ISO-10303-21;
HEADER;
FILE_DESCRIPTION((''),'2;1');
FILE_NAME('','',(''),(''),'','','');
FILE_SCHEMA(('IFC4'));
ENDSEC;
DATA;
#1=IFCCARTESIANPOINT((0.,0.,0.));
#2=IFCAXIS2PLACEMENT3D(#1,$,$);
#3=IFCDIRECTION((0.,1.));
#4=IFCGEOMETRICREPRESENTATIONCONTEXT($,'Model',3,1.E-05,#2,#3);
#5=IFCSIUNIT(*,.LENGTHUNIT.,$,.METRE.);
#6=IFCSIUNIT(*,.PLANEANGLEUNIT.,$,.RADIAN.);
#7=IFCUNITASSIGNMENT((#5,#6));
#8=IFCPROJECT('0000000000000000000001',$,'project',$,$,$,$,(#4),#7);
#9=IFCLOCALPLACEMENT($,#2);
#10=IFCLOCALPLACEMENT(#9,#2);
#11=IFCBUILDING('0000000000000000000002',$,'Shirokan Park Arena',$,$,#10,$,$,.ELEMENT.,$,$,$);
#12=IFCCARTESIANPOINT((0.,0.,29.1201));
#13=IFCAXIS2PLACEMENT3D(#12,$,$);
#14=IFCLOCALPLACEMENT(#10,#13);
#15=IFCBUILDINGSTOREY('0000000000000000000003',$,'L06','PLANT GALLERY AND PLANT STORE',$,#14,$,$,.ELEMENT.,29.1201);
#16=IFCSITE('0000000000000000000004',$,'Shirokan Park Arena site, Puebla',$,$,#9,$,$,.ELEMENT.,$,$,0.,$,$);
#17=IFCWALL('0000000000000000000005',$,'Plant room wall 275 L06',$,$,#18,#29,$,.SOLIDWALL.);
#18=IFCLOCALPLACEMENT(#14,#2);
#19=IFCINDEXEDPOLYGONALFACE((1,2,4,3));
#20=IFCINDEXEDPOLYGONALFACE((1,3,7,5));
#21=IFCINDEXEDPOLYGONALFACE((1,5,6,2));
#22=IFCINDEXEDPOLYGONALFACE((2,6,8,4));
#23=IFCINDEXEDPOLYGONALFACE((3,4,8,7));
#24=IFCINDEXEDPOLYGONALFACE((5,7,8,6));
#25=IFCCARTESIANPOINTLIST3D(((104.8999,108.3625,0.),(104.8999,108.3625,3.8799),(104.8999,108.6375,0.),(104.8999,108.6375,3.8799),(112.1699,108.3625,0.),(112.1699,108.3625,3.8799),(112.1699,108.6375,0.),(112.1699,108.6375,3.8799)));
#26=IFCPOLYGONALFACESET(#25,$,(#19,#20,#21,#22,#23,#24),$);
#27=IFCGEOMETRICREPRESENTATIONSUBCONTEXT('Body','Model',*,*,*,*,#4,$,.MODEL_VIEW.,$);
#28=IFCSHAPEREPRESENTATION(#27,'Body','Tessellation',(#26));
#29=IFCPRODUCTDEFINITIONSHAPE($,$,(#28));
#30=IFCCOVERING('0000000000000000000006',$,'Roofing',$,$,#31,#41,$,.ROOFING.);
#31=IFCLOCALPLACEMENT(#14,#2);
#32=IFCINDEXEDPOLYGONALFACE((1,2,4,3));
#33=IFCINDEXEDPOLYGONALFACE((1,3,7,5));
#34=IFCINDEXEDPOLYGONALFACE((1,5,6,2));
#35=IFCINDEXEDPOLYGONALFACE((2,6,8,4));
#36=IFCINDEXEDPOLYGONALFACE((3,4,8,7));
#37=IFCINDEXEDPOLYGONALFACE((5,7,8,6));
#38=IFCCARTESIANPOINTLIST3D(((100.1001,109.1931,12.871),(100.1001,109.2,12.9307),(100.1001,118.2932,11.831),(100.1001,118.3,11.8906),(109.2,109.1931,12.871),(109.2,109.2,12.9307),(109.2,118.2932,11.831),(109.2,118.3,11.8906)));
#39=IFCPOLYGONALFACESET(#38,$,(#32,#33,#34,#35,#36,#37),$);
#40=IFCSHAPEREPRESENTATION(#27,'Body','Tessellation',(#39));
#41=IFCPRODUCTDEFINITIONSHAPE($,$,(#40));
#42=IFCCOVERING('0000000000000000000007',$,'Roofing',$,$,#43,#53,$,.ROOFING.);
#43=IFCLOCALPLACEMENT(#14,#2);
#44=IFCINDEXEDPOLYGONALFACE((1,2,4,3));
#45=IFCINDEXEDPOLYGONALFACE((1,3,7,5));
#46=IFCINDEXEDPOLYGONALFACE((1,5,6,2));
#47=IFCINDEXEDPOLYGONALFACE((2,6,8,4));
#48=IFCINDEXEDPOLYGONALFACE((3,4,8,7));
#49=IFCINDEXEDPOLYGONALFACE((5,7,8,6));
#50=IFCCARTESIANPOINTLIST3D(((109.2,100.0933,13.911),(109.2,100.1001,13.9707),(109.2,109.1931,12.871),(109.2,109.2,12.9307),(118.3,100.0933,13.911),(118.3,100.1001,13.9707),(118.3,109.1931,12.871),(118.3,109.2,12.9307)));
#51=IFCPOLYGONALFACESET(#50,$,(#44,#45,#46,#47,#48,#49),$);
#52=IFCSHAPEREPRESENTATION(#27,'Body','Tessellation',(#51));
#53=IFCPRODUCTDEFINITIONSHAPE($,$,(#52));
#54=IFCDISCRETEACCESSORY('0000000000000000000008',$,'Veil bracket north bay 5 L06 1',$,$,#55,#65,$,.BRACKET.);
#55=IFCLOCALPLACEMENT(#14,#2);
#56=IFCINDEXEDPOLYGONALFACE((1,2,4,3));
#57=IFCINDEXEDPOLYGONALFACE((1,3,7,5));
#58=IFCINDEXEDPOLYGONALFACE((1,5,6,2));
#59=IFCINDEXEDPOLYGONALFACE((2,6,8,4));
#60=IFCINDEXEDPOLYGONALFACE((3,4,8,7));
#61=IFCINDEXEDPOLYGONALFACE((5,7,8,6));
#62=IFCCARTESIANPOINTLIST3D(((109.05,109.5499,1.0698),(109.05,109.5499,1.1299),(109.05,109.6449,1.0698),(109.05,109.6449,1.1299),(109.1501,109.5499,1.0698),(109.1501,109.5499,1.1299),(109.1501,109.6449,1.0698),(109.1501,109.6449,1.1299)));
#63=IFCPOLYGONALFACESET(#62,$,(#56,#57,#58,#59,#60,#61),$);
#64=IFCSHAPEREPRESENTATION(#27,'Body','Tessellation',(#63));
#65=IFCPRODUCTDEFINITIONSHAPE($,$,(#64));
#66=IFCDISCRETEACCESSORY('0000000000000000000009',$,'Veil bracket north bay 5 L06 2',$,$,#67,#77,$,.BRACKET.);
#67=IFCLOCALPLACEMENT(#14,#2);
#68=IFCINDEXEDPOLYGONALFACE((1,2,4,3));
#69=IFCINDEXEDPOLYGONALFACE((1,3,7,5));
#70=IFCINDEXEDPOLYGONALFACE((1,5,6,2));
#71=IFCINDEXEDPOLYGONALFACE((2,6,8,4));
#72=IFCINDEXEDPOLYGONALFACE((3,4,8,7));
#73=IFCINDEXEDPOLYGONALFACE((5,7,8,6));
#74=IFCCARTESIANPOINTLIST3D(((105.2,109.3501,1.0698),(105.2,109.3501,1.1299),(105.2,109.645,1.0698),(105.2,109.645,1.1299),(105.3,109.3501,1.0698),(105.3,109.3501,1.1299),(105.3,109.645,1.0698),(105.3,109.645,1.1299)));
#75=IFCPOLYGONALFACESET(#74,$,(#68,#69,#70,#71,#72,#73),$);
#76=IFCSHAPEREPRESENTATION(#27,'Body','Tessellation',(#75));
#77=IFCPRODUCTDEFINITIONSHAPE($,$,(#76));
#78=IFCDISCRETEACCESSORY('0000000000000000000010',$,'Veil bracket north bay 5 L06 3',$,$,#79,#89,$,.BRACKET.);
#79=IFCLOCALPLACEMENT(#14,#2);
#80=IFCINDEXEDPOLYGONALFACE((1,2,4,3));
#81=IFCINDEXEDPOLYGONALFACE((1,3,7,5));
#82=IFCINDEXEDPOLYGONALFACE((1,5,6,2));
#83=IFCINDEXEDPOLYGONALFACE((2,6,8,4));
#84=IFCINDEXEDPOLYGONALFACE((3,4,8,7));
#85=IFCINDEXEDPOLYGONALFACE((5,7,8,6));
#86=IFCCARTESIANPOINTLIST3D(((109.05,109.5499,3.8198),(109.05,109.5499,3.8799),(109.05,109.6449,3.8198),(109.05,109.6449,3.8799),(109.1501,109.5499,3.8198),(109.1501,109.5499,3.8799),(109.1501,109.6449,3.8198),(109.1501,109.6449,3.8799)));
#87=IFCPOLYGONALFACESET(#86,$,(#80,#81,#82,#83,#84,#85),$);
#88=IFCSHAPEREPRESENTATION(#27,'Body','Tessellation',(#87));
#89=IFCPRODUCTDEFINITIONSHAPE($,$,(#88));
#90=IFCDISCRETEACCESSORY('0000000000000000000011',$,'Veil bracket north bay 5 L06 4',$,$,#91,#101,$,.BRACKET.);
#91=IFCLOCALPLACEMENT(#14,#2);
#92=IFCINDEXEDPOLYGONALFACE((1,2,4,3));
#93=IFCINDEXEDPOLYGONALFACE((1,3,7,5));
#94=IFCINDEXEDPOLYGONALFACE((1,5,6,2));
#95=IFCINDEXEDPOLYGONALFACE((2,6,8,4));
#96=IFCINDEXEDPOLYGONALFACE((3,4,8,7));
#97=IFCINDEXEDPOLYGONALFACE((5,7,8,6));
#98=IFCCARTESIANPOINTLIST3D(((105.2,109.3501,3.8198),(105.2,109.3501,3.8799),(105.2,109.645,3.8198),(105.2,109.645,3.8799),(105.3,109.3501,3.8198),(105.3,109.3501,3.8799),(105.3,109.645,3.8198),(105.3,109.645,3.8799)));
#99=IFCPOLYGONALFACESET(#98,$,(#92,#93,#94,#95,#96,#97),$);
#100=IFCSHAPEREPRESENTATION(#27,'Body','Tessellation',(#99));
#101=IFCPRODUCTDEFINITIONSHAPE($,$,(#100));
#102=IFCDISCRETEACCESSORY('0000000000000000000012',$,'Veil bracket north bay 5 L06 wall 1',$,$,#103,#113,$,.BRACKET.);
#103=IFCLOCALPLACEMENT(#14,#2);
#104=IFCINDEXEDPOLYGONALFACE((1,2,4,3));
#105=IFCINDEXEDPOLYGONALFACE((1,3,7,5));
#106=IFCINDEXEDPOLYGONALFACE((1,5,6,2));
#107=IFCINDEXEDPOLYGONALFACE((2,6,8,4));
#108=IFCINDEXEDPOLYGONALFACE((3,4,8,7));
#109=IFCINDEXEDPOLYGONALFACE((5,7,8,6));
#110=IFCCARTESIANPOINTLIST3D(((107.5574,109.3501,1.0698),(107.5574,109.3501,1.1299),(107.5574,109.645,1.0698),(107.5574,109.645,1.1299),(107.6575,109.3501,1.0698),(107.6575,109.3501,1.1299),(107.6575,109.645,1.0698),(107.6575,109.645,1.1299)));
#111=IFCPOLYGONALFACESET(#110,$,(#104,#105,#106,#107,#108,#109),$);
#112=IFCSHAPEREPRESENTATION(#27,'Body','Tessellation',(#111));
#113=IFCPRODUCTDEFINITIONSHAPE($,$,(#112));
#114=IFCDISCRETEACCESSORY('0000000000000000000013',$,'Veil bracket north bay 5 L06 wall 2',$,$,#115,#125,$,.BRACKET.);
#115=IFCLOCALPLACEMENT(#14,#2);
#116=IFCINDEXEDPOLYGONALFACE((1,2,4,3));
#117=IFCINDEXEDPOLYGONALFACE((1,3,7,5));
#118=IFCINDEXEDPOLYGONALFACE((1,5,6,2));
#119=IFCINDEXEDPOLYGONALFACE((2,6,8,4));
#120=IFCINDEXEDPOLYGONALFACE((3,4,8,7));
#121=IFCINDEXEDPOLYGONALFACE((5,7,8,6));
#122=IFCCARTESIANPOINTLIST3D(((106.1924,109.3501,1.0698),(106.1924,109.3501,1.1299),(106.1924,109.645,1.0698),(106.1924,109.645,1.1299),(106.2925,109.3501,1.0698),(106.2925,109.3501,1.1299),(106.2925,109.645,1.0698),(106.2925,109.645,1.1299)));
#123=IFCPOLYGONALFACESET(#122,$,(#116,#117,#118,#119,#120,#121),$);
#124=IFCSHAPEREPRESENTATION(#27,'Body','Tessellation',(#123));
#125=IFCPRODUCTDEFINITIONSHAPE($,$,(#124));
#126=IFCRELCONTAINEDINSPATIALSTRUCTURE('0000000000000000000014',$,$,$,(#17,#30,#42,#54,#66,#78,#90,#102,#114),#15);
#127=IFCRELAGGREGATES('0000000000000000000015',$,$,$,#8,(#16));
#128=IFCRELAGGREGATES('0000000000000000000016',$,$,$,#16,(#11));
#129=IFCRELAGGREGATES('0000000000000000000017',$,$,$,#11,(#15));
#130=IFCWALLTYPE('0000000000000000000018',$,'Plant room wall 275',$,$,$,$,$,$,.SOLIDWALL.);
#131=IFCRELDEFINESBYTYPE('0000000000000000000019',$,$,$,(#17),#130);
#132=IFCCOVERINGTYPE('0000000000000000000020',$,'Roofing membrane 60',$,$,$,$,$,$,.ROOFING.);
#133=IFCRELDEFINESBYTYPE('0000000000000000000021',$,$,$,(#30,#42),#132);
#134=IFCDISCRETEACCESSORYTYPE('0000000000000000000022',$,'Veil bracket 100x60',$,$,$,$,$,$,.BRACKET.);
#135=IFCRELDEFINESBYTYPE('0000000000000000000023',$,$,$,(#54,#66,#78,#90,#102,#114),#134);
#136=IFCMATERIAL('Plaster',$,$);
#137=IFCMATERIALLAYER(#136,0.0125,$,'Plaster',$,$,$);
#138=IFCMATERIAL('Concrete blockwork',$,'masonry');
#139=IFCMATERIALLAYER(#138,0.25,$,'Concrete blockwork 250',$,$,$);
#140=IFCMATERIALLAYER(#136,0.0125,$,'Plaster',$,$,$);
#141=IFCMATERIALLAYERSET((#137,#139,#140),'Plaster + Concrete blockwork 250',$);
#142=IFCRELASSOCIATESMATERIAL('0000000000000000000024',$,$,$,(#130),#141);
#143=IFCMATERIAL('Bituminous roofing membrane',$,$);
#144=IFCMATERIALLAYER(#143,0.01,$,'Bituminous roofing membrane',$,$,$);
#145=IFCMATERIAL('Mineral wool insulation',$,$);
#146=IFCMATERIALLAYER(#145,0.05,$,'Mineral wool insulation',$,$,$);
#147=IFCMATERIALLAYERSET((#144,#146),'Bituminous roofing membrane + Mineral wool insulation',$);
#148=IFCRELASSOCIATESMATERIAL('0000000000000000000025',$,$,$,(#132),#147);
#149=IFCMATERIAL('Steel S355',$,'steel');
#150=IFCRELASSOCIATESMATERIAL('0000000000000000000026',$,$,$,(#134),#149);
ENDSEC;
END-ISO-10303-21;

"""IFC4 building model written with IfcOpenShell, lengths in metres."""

from ifc_helpers import new_model, si_unit, direction, frame, frame_2d, origin, origin_2d, place, context, subcontext, project, spatial, polyline, rectangle, outline, extrude, material, layer, layer_set, type_object, element, save


model = new_model("IFC4")

# Units and contexts
model_context = context("Model", 3, precision=1e-05, world=origin(), true_north=direction((0.0, 1.0)))
body_context = subcontext(model_context, "Body", "Model", "MODEL_VIEW")
ifc_project = project(units=[si_unit("LENGTHUNIT", "METRE"), si_unit("PLANEANGLEUNIT", "RADIAN")], contexts=[model_context])

# Site, building, storey
site_placement = place(None, origin())
site = spatial("IfcSite", under=ifc_project, at=site_placement, Name="Shirokan Park Arena site, Puebla", CompositionType="ELEMENT", RefElevation=0.0)
building_placement = place(site_placement, origin())
building = spatial("IfcBuilding", under=site, at=building_placement, Name="Shirokan Park Arena", CompositionType="ELEMENT")
storey_placement = place(building_placement, frame((0.0, 0.0, 29.1201)))
storey = spatial("IfcBuildingStorey", under=building, at=storey_placement, Name="L06", Description="PLANT GALLERY AND PLANT STORE", CompositionType="ELEMENT", Elevation=29.1201)

# Shared definitions
ifc_material_1 = material(Name="Mineral wool insulation")

# Wall
ifc_material_2 = material(Name="Plaster")
ifc_layer_1 = layer(ifc_material_2, 0.0125, Name="Plaster")
ifc_material_3 = material(Name="Concrete blockwork", Category="masonry")
ifc_layer_2 = layer(ifc_material_3, 0.25, Name="Concrete blockwork 250")
ifc_layer_3 = layer(ifc_material_2, 0.0125, Name="Plaster")
ifc_layer_set_1 = layer_set([ifc_layer_1, ifc_layer_2, ifc_layer_3], Name="Plaster + Concrete blockwork 250")
wall_type_1 = type_object("IfcWallType", Name="Plant room wall 275", PredefinedType="SOLIDWALL", material=ifc_layer_set_1)
wall_1_placement = place(storey_placement, frame((104.8999, 108.5, 0.0), z_axis=(0.0, 0.0, 1.0), x_axis=(1.0, 0.0, 0.0)))
element("IfcWall", 1, at=wall_1_placement, inside=storey, type_object=wall_type_1, Name="Plant room wall 275 L06", PredefinedType="SOLIDWALL", context=body_context, shape_type="SweptSolid", body=[
    extrude(rectangle(XDim=7.27, YDim=0.2749, at=frame_2d((3.635, 0.0))), origin(), (0.0, 0.0, 1.0), 3.8799),
])

# Coverings
ifc_material_4 = material(Name="Bituminous roofing membrane")
ifc_layer_4 = layer(ifc_material_4, 0.01, Name="Bituminous roofing membrane")
ifc_layer_5 = layer(ifc_material_1, 0.05, Name="Mineral wool insulation")
ifc_layer_set_2 = layer_set([ifc_layer_4, ifc_layer_5], Name="Bituminous roofing membrane + Mineral wool insulation")
covering_type = type_object("IfcCoveringType", Name="Roofing membrane 60", PredefinedType="ROOFING", material=ifc_layer_set_2)
covering_1_placement = place(storey_placement, frame((100.1001, 109.2, 12.9307), z_axis=(0.0, 0.11355, 0.993532), x_axis=(1.0, 0.0, 0.0)))
element("IfcCovering", 2, at=covering_1_placement, inside=storey, type_object=covering_type, Name="Roofing", PredefinedType="ROOFING", context=body_context, shape_type="SweptSolid", body=[
    extrude(outline(polyline([(0.0, 0.0), (9.0999, 0.0), (9.0999, 9.1593), (0.0, 9.1593), (0.0, 0.0)])), origin(), (0.0, 0.0, -1.0), 0.0601),
])
covering_2_placement = place(storey_placement, frame((109.2, 100.1001, 13.9707), z_axis=(0.0, 0.113553, 0.993532), x_axis=(1.0, 0.0, 0.0)))
element("IfcCovering", 3, at=covering_2_placement, inside=storey, type_object=covering_type, Name="Roofing", PredefinedType="ROOFING", context=body_context, shape_type="SweptSolid", body=[
    extrude(outline(polyline([(0.0, 0.0), (9.1001, 0.0), (9.1001, 9.1591), (0.0, 9.1591), (0.0, 0.0)])), origin(), (0.0, 0.0, -1.0), 0.0601),
])

# Discrete accessories
ifc_material_5 = material(Name="Steel S355", Category="steel")
discrete_accessory_type = type_object("IfcDiscreteAccessoryType", Name="Veil bracket 100x60", PredefinedType="BRACKET", material=ifc_material_5)
discrete_accessory_1_placement = place(storey_placement, frame((109.1001, 109.5974, 1.0698), z_axis=(0.0, 0.0, 1.0), x_axis=(-1.0, 0.0, 0.0)))
element("IfcDiscreteAccessory", 4, at=discrete_accessory_1_placement, inside=storey, type_object=discrete_accessory_type, Name="Veil bracket north bay 5 L06 1", PredefinedType="BRACKET", context=body_context, shape_type="SweptSolid", body=[
    extrude(rectangle(XDim=0.1001, YDim=0.095, at=origin_2d()), origin(), (0.0, 0.0, 1.0), 0.0601),
])
discrete_accessory_2_placement = place(storey_placement, frame((105.25, 109.4976, 1.0698), z_axis=(0.0, 0.0, 1.0), x_axis=(-1.0, 0.0, 0.0)))
element("IfcDiscreteAccessory", 5, at=discrete_accessory_2_placement, inside=storey, type_object=discrete_accessory_type, Name="Veil bracket north bay 5 L06 2", PredefinedType="BRACKET", context=body_context, shape_type="SweptSolid", body=[
    extrude(rectangle(XDim=0.1001, YDim=0.2949, at=origin_2d()), origin(), (0.0, 0.0, 1.0), 0.0601),
])
discrete_accessory_3_placement = place(storey_placement, frame((109.1001, 109.5974, 3.8198), z_axis=(0.0, 0.0, 1.0), x_axis=(-1.0, 0.0, 0.0)))
element("IfcDiscreteAccessory", 6, at=discrete_accessory_3_placement, inside=storey, type_object=discrete_accessory_type, Name="Veil bracket north bay 5 L06 3", PredefinedType="BRACKET", context=body_context, shape_type="SweptSolid", body=[
    extrude(rectangle(XDim=0.1001, YDim=0.095, at=origin_2d()), origin(), (0.0, 0.0, 1.0), 0.0601),
])
for number, where, z_axis, x_axis, name in (
    (7, (105.25, 109.4976, 3.8198), (0.0, 0.0, 1.0), (-1.0, 0.0, 0.0), "Veil bracket north bay 5 L06 4"),
    (8, (107.6074, 109.4976, 1.0698), (0.0, 0.0, 1.0), (-1.0, 0.0, 0.0), "Veil bracket north bay 5 L06 wall 1"),
    (9, (106.2424, 109.4976, 1.0698), (0.0, 0.0, 1.0), (-1.0, 0.0, 0.0), "Veil bracket north bay 5 L06 wall 2"),
):
    element("IfcDiscreteAccessory", number, at=place(storey_placement, frame(where, z_axis=z_axis, x_axis=x_axis)), inside=storey, type_object=discrete_accessory_type, Name=name, PredefinedType="BRACKET", context=body_context, shape_type="SweptSolid", body=[
        extrude(rectangle(XDim=0.1001, YDim=0.2949, at=origin_2d()), origin(), (0.0, 0.0, 1.0), 0.0601),
    ])

save(model, "model.ifc")
